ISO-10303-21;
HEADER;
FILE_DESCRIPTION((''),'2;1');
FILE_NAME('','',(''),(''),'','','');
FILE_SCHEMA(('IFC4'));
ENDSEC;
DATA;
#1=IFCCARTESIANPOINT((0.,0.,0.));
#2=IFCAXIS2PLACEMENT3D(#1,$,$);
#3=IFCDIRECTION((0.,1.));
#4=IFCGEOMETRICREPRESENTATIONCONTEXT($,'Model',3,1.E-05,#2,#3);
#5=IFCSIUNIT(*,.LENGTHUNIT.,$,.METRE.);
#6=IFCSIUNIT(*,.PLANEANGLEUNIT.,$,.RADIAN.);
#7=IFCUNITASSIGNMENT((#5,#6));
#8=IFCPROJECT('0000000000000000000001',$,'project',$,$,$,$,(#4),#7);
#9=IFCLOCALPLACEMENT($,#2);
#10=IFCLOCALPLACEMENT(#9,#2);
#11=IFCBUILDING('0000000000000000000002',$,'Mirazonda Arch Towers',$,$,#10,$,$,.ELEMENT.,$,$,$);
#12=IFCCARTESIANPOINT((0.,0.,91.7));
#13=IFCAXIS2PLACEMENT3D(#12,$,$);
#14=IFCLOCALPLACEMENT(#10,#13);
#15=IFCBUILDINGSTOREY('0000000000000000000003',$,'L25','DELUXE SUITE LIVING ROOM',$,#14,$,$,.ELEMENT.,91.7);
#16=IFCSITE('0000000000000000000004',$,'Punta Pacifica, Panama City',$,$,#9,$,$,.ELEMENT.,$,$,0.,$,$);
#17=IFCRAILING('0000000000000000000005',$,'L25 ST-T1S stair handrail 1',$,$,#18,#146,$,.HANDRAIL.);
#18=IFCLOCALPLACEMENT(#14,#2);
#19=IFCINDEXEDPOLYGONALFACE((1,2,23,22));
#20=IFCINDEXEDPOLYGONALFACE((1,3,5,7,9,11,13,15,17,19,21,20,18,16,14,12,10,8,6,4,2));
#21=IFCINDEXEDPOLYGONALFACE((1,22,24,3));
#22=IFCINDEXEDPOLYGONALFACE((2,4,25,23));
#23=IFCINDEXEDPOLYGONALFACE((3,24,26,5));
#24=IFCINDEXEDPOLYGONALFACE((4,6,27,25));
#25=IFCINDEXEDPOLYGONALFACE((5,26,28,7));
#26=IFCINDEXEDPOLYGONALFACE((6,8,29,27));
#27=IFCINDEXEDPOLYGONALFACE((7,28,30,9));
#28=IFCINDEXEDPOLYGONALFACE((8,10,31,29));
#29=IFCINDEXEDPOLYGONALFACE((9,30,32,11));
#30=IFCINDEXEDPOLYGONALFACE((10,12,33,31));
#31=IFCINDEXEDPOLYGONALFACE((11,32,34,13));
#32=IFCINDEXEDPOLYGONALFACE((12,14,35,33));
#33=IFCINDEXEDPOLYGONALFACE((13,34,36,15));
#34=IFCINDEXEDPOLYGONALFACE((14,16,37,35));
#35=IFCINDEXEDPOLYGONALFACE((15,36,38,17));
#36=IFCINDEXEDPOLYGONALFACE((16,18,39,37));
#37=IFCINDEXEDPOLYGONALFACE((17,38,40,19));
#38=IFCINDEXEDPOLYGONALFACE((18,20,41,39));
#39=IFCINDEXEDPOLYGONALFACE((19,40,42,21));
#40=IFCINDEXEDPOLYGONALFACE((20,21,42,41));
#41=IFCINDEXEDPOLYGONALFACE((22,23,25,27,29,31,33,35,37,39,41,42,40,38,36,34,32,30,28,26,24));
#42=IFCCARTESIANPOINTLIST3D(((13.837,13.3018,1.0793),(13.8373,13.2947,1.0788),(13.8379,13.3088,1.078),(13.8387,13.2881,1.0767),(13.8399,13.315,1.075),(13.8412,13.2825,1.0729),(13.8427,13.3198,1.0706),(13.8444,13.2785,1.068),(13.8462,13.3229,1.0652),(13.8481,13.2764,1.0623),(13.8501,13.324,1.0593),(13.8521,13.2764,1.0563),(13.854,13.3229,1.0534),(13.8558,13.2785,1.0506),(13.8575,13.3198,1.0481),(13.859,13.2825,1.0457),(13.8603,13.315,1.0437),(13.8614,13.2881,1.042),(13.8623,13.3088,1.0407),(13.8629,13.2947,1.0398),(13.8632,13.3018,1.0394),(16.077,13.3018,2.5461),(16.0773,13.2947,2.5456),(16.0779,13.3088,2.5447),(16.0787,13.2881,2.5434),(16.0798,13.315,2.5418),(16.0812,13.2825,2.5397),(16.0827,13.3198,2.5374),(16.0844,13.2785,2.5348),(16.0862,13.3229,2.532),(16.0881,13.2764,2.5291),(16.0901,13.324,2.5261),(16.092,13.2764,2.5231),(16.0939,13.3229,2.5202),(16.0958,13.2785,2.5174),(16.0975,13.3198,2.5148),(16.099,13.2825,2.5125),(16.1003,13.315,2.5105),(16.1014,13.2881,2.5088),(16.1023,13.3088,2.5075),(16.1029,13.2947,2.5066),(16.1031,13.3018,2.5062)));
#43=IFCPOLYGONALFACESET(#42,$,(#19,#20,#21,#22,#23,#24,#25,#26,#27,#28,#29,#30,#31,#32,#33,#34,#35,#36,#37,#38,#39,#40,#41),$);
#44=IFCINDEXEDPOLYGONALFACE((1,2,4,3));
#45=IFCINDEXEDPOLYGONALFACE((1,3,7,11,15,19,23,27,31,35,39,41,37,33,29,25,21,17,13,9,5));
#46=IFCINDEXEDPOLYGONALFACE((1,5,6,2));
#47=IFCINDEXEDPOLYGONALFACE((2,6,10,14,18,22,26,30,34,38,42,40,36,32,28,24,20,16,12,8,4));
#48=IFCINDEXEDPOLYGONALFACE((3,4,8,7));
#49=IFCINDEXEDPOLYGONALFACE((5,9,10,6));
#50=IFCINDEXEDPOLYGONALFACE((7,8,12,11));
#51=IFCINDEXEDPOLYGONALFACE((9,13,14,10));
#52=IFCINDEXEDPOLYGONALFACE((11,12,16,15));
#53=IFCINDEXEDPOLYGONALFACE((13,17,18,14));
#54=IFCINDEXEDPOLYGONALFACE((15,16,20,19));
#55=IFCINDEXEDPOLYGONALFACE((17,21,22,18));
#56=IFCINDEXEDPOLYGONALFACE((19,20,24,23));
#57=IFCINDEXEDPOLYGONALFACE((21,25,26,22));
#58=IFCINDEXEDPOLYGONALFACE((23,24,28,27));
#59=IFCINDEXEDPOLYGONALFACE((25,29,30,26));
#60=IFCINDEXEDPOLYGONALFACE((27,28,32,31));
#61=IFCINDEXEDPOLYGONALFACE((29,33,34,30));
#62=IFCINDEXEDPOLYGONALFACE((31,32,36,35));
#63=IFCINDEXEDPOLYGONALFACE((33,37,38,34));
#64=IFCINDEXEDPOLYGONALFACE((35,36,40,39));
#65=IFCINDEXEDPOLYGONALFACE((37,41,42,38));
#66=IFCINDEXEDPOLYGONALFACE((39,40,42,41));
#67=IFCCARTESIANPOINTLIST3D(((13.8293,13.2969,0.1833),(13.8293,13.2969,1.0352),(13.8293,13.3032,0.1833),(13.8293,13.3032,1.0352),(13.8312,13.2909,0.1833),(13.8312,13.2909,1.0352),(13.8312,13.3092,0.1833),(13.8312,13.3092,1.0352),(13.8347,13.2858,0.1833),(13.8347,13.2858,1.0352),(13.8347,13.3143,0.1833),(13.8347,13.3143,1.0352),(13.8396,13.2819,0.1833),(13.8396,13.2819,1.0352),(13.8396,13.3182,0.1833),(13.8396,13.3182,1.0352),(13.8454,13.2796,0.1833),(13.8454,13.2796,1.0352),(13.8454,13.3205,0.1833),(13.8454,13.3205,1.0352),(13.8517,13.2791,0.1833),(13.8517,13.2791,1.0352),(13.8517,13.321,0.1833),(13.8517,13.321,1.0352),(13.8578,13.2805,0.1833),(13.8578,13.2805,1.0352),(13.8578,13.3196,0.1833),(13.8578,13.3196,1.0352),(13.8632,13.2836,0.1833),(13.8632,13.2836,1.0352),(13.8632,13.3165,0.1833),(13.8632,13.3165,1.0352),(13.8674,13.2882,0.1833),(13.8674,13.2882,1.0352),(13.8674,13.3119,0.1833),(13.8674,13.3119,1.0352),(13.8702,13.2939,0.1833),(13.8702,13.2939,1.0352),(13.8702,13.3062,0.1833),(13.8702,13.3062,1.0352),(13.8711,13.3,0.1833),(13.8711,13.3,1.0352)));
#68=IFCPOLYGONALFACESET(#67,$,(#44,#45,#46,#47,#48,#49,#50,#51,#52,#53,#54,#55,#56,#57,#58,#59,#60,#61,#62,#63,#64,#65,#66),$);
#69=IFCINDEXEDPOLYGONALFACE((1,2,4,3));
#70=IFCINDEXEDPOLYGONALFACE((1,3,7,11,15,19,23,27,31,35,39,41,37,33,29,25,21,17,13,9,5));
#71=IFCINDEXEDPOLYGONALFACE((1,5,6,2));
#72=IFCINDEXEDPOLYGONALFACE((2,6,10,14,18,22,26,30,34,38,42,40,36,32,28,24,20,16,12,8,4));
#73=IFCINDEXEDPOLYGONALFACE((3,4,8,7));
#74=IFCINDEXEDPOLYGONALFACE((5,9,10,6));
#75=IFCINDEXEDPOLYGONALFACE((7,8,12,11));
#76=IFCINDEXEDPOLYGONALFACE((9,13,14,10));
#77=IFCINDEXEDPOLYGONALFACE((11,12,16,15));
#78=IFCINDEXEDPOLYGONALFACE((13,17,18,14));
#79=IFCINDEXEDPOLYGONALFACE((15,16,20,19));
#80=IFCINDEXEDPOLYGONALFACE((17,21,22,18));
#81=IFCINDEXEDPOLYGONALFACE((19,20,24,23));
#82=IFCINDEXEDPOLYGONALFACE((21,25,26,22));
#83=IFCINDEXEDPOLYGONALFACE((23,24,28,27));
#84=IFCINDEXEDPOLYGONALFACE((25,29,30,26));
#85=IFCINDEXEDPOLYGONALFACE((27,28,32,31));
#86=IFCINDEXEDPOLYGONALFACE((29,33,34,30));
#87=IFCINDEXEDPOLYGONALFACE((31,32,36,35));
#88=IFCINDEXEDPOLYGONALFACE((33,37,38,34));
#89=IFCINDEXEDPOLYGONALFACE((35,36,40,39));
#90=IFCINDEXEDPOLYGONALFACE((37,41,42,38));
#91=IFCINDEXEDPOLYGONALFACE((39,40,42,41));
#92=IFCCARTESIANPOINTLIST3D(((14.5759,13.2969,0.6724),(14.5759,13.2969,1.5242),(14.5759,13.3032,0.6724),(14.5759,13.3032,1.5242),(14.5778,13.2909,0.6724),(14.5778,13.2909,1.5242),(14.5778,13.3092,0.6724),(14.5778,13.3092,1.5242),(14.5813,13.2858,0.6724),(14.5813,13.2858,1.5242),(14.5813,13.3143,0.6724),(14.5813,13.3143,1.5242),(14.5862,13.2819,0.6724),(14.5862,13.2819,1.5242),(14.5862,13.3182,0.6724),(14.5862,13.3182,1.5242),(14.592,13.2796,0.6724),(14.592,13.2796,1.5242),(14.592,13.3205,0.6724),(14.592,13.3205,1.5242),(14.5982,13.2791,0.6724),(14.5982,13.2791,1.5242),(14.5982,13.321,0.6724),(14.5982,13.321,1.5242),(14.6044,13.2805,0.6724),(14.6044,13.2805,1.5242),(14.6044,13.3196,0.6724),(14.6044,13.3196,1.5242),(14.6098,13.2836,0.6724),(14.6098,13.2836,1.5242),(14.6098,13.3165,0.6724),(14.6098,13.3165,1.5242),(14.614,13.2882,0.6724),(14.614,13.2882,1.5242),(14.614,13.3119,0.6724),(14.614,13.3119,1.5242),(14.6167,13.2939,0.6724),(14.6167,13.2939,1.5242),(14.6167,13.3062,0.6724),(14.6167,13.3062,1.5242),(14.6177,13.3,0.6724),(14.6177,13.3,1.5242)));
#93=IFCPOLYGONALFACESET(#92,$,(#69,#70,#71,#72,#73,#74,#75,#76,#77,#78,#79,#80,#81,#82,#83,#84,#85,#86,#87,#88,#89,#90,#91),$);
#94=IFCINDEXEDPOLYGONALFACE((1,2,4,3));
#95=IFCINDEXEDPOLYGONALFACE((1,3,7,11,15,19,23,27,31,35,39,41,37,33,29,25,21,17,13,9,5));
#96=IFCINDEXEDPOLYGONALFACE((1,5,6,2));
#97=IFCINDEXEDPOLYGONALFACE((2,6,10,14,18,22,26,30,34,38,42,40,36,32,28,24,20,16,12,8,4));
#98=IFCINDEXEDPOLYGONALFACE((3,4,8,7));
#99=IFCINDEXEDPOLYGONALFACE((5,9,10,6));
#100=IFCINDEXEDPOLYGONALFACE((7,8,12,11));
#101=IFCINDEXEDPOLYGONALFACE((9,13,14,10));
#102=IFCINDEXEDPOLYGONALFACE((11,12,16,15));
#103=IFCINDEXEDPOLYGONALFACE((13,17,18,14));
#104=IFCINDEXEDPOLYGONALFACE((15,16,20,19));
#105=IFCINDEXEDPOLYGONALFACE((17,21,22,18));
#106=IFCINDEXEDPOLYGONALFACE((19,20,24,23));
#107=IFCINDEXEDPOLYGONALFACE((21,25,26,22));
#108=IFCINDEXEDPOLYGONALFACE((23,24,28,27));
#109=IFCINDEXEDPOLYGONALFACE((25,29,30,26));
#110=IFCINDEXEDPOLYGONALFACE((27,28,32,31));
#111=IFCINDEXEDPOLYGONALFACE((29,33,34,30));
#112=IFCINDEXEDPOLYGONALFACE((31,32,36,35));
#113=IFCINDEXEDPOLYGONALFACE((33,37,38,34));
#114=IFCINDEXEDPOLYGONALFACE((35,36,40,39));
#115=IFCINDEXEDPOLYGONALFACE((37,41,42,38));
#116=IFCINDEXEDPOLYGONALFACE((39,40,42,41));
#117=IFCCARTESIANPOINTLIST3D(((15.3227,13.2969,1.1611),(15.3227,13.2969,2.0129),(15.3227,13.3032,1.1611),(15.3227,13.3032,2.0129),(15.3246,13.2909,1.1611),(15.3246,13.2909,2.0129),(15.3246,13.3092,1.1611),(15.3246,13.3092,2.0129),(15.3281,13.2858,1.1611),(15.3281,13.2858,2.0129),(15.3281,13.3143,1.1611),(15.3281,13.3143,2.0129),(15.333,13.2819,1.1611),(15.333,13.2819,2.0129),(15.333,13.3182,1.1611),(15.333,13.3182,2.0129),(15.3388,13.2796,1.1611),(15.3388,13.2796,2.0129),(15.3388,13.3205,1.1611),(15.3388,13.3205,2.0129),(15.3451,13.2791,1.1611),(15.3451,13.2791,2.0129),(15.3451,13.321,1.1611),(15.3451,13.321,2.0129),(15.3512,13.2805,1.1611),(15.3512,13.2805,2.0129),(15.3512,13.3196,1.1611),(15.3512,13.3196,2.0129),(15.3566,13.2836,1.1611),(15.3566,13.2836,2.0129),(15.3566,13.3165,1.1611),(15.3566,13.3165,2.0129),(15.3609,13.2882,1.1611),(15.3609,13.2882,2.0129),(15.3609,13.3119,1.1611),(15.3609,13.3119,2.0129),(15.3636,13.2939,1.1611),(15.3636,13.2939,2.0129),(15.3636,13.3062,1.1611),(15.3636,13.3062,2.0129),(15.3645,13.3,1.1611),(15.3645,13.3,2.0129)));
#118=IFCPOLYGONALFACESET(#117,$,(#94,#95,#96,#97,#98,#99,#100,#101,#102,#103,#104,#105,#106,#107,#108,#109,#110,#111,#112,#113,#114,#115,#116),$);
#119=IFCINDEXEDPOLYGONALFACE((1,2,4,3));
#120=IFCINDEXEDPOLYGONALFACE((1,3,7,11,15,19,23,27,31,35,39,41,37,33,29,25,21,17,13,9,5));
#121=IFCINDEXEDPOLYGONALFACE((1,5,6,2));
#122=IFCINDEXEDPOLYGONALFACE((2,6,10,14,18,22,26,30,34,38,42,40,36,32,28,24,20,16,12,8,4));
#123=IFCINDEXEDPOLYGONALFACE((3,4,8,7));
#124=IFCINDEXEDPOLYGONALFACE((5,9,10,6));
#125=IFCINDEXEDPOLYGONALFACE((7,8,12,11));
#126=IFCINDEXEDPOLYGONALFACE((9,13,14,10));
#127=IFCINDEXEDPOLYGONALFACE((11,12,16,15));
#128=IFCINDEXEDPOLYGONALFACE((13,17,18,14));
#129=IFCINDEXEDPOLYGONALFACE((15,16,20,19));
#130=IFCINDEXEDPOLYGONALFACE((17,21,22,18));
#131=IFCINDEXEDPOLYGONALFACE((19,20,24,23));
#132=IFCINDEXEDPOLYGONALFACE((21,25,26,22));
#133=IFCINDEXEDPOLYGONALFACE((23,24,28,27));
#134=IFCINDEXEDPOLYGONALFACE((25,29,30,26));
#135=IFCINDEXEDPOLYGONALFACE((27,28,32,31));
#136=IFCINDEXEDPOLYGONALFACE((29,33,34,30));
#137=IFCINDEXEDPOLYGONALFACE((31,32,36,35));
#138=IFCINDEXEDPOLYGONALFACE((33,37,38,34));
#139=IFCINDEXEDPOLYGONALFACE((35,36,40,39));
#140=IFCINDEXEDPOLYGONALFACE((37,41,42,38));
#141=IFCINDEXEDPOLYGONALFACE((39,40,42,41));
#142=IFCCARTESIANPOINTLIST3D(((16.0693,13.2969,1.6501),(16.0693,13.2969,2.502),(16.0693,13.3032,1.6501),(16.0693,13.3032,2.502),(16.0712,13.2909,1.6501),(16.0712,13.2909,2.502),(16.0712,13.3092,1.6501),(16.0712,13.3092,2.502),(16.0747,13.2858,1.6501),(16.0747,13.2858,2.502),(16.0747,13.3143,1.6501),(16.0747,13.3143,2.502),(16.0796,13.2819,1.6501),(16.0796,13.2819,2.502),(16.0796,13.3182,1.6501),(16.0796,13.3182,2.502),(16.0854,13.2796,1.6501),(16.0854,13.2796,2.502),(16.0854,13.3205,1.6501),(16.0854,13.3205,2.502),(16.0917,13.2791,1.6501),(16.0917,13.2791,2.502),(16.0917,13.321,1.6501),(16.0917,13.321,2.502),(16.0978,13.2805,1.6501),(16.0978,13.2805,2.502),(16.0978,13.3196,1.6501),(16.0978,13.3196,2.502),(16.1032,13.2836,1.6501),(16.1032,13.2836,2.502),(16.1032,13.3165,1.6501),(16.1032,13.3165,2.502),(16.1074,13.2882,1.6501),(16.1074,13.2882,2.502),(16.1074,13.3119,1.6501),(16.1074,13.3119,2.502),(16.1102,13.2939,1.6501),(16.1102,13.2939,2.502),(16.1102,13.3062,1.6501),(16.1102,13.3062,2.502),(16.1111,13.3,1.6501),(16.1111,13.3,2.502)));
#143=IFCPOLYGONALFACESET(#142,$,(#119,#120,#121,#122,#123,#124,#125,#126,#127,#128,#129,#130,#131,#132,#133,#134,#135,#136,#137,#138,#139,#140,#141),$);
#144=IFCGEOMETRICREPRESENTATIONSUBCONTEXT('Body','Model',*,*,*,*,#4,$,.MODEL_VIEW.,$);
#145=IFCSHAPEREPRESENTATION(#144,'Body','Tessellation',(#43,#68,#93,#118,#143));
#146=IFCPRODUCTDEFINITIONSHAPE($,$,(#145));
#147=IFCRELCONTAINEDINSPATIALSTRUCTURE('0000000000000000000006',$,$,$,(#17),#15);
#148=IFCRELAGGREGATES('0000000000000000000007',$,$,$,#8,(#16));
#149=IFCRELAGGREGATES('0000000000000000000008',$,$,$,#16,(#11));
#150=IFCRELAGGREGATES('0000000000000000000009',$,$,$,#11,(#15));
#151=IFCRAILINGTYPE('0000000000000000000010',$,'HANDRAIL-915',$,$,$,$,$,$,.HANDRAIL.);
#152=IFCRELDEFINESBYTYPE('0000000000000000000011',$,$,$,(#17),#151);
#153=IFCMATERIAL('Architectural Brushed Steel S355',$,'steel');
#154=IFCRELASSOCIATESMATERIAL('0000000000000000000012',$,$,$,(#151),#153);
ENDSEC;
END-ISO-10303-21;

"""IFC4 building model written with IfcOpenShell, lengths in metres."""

from ifc_helpers import new_model, si_unit, direction, frame, origin, origin_2d, place, context, subcontext, project, spatial, circle, extrude, material, type_object, element, save


model = new_model("IFC4")

# Units and contexts
model_context = context("Model", 3, precision=1e-05, world=origin(), true_north=direction((0.0, 1.0)))
body_context = subcontext(model_context, "Body", "Model", "MODEL_VIEW")
ifc_project = project(units=[si_unit("LENGTHUNIT", "METRE"), si_unit("PLANEANGLEUNIT", "RADIAN")], contexts=[model_context])

# Site, building, storey
site_placement = place(None, origin())
site = spatial("IfcSite", under=ifc_project, at=site_placement, Name="Punta Pacifica, Panama City", CompositionType="ELEMENT", RefElevation=0.0)
building_placement = place(site_placement, origin())
building = spatial("IfcBuilding", under=site, at=building_placement, Name="Mirazonda Arch Towers", CompositionType="ELEMENT")
storey_placement = place(building_placement, frame((0.0, 0.0, 91.7)))
storey = spatial("IfcBuildingStorey", under=building, at=storey_placement, Name="L25", Description="DELUXE SUITE LIVING ROOM", CompositionType="ELEMENT", Elevation=91.7)

# Railing
ifc_material_1 = material(Name="Architectural Brushed Steel S355", Category="steel")
railing_type_1 = type_object("IfcRailingType", Name="HANDRAIL-915", PredefinedType="HANDRAIL", material=ifc_material_1)
railing_1_placement = place(storey_placement, frame((13.8501, 13.3, 0.1833)))
element("IfcRailing", 1, at=railing_1_placement, inside=storey, type_object=railing_type_1, Name="L25 ST-T1S stair handrail 1", PredefinedType="HANDRAIL", context=body_context, shape_type="SweptSolid", body=[
    extrude(circle(Radius=0.0239, at=origin_2d()), frame((0.0, 0.0, 0.876), z_axis=(0.836595, 0.0, 0.547822), x_axis=(0.0, 1.0, 0.0)), (0.0, 0.0, 1.0), 2.6775),
    extrude(circle(Radius=0.021, at=origin_2d()), origin(), (0.0, 0.0, 1.0), 0.8518),
    extrude(circle(Radius=0.021, at=origin_2d()), frame((0.7466, 0.0, 0.489)), (0.0, 0.0, 1.0), 0.8518),
    extrude(circle(Radius=0.021, at=origin_2d()), frame((1.4934, 0.0, 0.9778)), (0.0, 0.0, 1.0), 0.8518),
    extrude(circle(Radius=0.021, at=origin_2d()), frame((2.24, 0.0, 1.4668)), (0.0, 0.0, 1.0), 0.8518),
])

save(model, "model.ifc")
